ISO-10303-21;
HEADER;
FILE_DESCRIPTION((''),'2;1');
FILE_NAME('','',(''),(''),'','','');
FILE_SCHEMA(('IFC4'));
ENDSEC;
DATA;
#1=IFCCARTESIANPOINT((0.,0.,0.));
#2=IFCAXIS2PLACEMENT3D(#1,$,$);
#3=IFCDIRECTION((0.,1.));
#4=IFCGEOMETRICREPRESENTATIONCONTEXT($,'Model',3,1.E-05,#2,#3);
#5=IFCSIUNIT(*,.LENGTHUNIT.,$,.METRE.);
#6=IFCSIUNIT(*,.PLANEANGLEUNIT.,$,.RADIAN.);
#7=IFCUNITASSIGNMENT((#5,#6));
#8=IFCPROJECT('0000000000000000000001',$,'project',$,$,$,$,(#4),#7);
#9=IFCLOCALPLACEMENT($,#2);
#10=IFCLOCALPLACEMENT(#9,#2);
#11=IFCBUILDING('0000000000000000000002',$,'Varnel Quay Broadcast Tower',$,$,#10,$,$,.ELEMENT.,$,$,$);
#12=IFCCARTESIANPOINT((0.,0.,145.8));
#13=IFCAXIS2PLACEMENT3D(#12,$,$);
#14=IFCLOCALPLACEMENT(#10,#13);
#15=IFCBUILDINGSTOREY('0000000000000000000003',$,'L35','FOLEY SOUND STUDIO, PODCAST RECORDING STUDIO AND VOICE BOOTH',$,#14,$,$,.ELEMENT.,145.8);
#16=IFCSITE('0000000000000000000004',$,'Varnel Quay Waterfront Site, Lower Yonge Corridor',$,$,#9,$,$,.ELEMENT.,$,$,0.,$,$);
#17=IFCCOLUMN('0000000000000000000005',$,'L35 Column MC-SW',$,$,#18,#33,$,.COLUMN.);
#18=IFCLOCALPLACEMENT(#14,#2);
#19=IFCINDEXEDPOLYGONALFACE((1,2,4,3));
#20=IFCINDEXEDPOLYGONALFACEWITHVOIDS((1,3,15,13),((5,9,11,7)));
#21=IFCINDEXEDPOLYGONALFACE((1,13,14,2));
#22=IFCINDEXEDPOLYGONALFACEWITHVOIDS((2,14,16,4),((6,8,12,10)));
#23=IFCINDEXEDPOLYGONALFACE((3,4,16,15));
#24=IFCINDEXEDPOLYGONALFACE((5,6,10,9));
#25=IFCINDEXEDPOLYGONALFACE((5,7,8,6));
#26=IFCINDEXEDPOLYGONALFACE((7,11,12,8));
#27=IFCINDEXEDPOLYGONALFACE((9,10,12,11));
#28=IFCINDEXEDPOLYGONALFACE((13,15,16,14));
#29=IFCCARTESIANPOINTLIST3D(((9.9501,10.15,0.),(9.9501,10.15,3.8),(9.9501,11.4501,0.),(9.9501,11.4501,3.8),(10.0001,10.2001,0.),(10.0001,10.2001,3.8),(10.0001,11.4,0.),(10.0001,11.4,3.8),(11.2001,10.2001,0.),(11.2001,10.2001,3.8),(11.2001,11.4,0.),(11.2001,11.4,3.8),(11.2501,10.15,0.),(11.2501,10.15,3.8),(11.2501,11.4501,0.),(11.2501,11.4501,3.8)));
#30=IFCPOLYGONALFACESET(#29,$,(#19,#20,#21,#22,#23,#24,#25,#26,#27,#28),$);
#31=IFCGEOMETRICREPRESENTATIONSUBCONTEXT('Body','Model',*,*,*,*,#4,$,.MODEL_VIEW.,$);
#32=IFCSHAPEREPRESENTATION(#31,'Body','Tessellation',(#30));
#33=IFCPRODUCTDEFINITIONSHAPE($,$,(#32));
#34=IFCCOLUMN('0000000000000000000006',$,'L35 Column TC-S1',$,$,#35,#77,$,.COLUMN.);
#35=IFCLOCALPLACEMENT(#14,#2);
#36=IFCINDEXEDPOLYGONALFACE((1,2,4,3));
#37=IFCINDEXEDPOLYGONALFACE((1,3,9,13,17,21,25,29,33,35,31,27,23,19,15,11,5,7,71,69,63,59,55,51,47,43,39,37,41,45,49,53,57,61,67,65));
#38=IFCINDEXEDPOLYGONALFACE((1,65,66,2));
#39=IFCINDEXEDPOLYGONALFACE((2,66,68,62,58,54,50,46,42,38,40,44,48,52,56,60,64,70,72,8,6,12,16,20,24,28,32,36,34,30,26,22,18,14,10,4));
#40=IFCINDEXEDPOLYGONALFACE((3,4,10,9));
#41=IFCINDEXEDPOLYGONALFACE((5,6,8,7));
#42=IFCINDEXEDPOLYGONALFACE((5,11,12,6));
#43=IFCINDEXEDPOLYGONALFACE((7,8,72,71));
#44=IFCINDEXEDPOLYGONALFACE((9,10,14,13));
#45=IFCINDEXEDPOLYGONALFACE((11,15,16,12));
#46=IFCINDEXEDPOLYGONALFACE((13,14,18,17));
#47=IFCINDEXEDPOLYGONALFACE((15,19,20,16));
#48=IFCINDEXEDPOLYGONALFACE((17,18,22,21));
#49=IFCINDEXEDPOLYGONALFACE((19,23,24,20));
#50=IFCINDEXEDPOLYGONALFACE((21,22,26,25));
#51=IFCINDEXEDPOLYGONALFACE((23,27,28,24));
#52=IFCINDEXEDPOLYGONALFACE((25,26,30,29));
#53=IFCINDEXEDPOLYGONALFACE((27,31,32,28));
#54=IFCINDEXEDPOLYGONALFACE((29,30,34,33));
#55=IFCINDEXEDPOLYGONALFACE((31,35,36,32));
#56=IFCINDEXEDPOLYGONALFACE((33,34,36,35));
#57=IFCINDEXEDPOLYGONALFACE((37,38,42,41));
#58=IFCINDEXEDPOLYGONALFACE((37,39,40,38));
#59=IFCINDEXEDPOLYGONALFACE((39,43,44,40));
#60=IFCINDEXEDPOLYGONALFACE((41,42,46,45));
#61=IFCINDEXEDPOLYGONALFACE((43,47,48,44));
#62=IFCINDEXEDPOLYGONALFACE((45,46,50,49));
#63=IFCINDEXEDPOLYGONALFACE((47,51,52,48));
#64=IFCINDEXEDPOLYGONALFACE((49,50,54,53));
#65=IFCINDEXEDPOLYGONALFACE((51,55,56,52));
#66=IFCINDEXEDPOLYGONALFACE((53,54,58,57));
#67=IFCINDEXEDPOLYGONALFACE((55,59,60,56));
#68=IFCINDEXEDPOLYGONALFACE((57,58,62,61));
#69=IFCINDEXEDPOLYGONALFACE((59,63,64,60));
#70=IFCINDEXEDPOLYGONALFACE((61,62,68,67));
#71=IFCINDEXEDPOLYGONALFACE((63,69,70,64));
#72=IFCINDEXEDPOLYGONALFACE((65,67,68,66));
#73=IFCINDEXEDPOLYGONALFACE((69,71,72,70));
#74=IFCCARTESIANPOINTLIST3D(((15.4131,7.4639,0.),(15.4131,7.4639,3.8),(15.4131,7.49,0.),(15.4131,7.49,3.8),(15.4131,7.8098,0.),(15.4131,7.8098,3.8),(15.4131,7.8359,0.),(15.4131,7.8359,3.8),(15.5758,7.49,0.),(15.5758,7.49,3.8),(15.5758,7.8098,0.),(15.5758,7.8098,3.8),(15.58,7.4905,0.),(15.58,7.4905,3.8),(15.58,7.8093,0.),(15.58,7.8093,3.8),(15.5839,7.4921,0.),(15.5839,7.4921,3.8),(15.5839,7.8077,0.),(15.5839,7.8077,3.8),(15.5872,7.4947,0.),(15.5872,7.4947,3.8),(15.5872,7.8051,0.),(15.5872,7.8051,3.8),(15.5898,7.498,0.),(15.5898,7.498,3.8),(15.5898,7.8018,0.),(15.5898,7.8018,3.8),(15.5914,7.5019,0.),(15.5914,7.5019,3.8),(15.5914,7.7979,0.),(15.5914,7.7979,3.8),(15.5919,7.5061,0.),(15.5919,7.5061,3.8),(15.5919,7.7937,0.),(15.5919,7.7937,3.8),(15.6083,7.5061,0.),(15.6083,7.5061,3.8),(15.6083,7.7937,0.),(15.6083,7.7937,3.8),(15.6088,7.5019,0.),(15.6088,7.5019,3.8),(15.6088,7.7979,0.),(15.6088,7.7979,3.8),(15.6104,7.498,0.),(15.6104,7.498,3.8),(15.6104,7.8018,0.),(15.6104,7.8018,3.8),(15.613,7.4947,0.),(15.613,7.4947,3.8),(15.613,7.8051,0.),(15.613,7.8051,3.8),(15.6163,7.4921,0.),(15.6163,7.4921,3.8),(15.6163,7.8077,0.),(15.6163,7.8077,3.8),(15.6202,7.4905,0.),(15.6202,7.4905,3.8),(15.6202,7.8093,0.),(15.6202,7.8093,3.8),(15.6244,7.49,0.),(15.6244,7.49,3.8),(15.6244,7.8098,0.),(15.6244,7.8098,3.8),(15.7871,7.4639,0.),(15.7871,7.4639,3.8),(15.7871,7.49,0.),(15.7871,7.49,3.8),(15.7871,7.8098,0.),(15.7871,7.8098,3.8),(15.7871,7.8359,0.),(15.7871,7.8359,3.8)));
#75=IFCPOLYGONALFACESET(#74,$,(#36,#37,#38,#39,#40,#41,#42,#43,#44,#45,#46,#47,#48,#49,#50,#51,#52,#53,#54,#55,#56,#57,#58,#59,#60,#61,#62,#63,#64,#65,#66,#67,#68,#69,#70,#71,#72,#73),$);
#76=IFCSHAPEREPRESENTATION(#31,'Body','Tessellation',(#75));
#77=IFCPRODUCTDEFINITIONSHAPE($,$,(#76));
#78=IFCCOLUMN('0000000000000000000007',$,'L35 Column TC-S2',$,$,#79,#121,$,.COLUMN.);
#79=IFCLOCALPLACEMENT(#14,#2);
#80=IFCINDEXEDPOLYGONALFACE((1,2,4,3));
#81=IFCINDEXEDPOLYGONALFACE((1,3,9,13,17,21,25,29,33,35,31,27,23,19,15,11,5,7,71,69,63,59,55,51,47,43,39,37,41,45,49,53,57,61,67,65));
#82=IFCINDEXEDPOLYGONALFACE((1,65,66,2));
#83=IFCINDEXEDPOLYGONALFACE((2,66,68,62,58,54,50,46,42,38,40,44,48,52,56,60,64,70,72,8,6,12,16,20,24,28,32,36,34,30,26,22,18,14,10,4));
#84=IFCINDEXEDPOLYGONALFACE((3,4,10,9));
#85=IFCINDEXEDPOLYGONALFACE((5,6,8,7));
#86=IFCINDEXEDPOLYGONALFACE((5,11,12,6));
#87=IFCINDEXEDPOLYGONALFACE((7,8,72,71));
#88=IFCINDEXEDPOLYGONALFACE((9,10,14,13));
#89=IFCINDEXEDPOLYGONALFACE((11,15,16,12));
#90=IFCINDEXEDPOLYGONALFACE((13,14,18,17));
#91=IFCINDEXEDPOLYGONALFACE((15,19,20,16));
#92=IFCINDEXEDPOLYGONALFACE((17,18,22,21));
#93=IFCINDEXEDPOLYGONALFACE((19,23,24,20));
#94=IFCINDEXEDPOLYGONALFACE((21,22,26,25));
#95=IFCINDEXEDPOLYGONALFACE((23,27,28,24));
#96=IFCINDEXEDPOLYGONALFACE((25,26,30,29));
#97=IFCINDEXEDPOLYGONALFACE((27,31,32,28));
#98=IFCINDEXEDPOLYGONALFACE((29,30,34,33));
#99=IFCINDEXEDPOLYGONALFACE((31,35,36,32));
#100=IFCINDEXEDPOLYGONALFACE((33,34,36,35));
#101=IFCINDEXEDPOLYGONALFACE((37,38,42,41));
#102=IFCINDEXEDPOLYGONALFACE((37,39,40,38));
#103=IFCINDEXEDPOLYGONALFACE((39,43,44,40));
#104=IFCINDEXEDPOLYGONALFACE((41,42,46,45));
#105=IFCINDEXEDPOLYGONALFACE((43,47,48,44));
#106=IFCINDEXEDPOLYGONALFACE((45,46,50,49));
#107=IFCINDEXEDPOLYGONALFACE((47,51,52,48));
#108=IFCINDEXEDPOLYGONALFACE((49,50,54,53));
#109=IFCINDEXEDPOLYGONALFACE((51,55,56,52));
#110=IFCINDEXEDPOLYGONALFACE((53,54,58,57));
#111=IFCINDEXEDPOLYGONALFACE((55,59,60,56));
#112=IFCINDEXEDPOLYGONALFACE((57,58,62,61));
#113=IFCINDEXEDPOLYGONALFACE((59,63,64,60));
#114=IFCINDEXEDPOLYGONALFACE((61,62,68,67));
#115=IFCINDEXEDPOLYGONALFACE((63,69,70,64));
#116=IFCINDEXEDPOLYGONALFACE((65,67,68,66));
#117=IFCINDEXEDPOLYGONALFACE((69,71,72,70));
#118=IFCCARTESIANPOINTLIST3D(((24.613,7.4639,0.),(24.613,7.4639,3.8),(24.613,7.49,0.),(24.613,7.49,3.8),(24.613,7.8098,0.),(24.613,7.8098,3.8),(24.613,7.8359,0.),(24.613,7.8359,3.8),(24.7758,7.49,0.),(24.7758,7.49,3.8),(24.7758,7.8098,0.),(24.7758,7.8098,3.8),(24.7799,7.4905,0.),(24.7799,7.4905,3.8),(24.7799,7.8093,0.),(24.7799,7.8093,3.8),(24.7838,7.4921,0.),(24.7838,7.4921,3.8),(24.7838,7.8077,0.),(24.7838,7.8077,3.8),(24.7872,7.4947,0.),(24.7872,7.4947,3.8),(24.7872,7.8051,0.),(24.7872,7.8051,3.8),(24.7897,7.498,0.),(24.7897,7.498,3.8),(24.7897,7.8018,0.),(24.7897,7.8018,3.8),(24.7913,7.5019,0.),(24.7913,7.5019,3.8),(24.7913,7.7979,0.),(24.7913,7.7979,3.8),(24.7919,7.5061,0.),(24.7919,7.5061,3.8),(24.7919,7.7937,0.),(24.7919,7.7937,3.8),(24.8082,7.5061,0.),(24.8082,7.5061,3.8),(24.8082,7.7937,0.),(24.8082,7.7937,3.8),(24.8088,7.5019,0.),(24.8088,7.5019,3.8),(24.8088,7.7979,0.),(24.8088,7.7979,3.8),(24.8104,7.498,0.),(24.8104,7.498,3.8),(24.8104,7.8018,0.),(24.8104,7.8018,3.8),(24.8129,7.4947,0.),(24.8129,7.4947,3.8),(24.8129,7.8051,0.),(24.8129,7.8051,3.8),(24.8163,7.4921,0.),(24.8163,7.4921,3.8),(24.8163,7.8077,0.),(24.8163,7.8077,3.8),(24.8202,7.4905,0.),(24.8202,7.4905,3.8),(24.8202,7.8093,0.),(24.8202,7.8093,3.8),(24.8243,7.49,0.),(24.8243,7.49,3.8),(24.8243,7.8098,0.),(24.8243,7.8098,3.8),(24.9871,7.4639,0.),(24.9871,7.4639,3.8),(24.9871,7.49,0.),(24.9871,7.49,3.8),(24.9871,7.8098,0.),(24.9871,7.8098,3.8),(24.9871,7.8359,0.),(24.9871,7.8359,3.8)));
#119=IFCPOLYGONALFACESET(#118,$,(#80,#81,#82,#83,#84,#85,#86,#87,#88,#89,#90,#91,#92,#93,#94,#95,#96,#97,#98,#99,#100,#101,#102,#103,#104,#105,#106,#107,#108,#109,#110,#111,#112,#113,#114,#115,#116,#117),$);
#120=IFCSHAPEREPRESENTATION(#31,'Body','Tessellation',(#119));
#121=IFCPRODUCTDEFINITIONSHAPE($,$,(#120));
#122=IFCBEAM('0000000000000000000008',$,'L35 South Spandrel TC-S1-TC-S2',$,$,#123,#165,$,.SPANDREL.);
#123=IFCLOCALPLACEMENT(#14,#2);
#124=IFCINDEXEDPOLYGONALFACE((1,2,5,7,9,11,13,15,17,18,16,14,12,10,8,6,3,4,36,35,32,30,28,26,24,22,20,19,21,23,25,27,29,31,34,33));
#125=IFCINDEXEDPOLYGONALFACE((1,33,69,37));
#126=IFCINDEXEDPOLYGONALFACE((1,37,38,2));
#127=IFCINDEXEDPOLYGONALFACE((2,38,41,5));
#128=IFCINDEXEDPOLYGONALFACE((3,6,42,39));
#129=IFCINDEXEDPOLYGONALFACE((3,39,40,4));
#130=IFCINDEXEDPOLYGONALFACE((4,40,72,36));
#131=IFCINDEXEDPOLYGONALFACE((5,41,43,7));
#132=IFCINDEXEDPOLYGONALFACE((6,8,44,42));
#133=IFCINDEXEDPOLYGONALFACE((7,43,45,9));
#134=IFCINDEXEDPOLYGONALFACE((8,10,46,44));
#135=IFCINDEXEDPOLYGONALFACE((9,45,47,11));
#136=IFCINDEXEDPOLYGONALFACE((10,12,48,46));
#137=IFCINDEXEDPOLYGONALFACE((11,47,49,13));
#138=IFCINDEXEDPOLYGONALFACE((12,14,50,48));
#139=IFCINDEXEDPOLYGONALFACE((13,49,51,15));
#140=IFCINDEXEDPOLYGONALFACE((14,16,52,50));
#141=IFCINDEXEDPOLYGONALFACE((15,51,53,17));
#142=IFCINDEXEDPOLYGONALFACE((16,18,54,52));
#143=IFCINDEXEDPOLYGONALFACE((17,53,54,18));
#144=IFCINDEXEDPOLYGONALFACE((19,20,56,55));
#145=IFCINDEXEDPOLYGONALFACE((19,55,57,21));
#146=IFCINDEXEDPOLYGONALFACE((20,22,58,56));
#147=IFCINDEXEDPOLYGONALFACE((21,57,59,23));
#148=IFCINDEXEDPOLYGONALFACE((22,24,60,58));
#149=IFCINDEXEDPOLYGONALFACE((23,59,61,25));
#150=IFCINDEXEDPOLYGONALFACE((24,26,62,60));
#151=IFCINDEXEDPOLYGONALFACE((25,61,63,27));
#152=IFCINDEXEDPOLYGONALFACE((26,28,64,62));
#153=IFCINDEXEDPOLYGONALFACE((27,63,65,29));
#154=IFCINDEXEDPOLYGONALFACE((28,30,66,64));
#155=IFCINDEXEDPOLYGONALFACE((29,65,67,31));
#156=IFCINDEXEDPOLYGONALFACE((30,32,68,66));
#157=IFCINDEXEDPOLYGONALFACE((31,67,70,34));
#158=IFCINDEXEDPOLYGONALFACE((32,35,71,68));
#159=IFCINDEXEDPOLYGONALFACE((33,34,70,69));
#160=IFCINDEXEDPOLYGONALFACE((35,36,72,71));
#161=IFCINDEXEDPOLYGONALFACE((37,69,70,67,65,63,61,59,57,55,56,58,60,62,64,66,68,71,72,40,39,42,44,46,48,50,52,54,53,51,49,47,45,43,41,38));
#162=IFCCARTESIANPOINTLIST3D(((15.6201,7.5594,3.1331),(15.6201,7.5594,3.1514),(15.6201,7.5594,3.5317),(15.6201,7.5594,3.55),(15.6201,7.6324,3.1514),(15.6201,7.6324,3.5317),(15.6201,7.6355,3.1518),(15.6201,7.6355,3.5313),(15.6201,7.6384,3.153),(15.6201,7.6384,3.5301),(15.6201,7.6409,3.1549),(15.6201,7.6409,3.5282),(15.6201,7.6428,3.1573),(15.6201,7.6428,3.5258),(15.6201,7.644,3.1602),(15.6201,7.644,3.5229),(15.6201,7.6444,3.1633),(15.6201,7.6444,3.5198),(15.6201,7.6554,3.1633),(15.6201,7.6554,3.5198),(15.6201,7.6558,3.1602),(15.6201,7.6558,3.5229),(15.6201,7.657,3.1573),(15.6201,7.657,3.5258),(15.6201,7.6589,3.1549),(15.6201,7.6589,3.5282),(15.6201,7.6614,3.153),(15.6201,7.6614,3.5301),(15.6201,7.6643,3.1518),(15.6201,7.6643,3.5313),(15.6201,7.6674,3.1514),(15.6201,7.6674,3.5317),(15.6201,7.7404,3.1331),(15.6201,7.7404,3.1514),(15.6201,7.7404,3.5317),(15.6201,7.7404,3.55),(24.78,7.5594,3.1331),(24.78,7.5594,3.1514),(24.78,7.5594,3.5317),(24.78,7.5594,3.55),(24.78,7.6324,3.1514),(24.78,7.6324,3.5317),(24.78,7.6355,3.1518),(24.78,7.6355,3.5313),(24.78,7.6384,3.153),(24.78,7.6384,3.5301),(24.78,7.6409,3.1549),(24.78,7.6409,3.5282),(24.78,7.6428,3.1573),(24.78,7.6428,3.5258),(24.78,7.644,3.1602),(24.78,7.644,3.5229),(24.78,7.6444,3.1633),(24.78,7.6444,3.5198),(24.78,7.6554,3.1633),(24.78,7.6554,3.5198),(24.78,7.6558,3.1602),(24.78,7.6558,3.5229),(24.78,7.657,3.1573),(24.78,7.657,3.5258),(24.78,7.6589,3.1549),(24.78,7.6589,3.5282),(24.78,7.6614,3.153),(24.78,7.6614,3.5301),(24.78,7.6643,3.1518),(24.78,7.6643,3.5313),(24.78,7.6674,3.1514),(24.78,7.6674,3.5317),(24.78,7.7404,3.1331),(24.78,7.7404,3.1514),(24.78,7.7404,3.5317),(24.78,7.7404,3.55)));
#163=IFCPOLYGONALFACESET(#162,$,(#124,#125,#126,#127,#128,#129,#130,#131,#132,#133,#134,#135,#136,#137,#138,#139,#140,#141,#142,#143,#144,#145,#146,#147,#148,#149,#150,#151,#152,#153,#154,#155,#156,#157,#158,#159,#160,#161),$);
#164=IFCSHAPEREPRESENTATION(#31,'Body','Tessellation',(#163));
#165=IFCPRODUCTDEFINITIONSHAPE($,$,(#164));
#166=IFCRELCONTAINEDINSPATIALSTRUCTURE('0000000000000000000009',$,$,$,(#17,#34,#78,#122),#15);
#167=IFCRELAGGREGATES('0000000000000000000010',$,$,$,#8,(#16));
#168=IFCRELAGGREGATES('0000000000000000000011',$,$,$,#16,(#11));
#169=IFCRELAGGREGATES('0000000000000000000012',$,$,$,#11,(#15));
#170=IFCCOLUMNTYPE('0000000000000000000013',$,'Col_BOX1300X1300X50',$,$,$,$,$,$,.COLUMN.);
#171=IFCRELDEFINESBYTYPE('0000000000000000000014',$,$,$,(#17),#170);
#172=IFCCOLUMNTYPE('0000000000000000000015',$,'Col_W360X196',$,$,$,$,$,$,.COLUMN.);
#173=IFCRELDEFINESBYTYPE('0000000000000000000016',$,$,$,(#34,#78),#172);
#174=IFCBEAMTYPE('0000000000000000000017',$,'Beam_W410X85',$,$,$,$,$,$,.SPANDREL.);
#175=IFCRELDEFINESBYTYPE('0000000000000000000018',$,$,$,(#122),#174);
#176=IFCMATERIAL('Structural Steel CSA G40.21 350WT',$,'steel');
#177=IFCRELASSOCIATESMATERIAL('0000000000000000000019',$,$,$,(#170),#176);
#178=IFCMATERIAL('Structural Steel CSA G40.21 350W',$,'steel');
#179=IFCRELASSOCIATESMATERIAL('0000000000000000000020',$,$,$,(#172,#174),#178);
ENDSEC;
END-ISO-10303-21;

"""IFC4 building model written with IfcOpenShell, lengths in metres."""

from ifc_helpers import new_model, si_unit, direction, frame, origin, origin_2d, place, context, subcontext, project, spatial, hollow_rectangle, i_section, extrude, source, transform, mapped, material, material_profile, profile_set, type_object, type_shapes, element, save


model = new_model("IFC4")

# Units and contexts
model_context = context("Model", 3, precision=1e-05, world=origin(), true_north=direction((0.0, 1.0)))
body_context = subcontext(model_context, "Body", "Model", "MODEL_VIEW")
ifc_project = project(units=[si_unit("LENGTHUNIT", "METRE"), si_unit("PLANEANGLEUNIT", "RADIAN")], contexts=[model_context])

# Site, building, storey
site_placement = place(None, origin())
site = spatial("IfcSite", under=ifc_project, at=site_placement, Name="Varnel Quay Waterfront Site, Lower Yonge Corridor", CompositionType="ELEMENT", RefElevation=0.0)
building_placement = place(site_placement, origin())
building = spatial("IfcBuilding", under=site, at=building_placement, Name="Varnel Quay Broadcast Tower", CompositionType="ELEMENT")
storey_placement = place(building_placement, frame((0.0, 0.0, 145.8)))
storey = spatial("IfcBuildingStorey", under=building, at=storey_placement, Name="L35", Description="FOLEY SOUND STUDIO, PODCAST RECORDING STUDIO AND VOICE BOOTH", CompositionType="ELEMENT", Elevation=145.8)

# Columns
ifc_material_1 = material(Name="Structural Steel CSA G40.21 350WT", Category="steel")
ifc_material_profile_1 = material_profile(ifc_material_1, hollow_rectangle(XDim=1.3, YDim=1.3, WallThickness=0.05, at=origin_2d()), Name="BOX1300X1300X50")
ifc_profile_set_1 = profile_set([ifc_material_profile_1], Name="Structural Steel CSA G40.21 350WT")
column_type_1 = type_object("IfcColumnType", Name="Col_BOX1300X1300X50", PredefinedType="COLUMN", material=ifc_profile_set_1)
shared_shape_1 = source(origin(), body_context, "Body", "SweptSolid", [
    extrude(hollow_rectangle(XDim=1.3, YDim=1.3, WallThickness=0.05, at=origin_2d()), origin(), (0.0, 0.0, 1.0), 3.8),
])
type_shapes(column_type_1, [shared_shape_1])
column_placement = place(storey_placement, frame((10.6001, 10.8, 0.0), z_axis=(0.0, 0.0, 1.0), x_axis=(1.0, 0.0, 0.0)))
element("IfcColumn", 1, at=column_placement, inside=storey, type_object=column_type_1, Name="L35 Column MC-SW", PredefinedType="COLUMN", context=body_context, shape_type="MappedRepresentation", body=[
    mapped(shared_shape_1, transform((0.0, 0.0, 0.0), x_axis=(1.0, 0.0, 0.0), y_axis=(0.0, 1.0, 0.0), z_axis=(0.0, 0.0, 1.0), scale=1.0)),
])
ifc_material_2 = material(Name="Structural Steel CSA G40.21 350W", Category="steel")
ifc_material_profile_2 = material_profile(ifc_material_2, i_section(OverallWidth=0.374, OverallDepth=0.3721, WebThickness=0.0164, FlangeThickness=0.0261, FilletRadius=0.0161, at=origin_2d()), Name="W360X196")
ifc_profile_set_2 = profile_set([ifc_material_profile_2], Name="Structural Steel CSA G40.21 350W")
column_type_2 = type_object("IfcColumnType", Name="Col_W360X196", PredefinedType="COLUMN", material=ifc_profile_set_2)
shared_shape_2 = source(origin(), body_context, "Body", "SweptSolid", [
    extrude(i_section(OverallWidth=0.374, OverallDepth=0.3721, WebThickness=0.0164, FlangeThickness=0.0261, FilletRadius=0.0161, at=origin_2d()), origin(), (0.0, 0.0, 1.0), 3.8),
])
type_shapes(column_type_2, [shared_shape_2])
for number, where, z_axis, x_axis, name in (
    (2, (15.6001, 7.6499, 0.0), (0.0, 0.0, 1.0), (1.0, 0.0, 0.0), "L35 Column TC-S1"),
    (3, (24.8, 7.6499, 0.0), (0.0, 0.0, 1.0), (1.0, 0.0, 0.0), "L35 Column TC-S2"),
):
    element("IfcColumn", number, at=place(storey_placement, frame(where, z_axis=z_axis, x_axis=x_axis)), inside=storey, type_object=column_type_2, Name=name, PredefinedType="COLUMN", context=body_context, shape_type="MappedRepresentation", body=[
        mapped(shared_shape_2, transform((0.0, 0.0, 0.0), x_axis=(1.0, 0.0, 0.0), y_axis=(0.0, 1.0, 0.0), z_axis=(0.0, 0.0, 1.0), scale=1.0)),
    ])

# Beam
ifc_material_profile_3 = material_profile(ifc_material_2, i_section(OverallWidth=0.1809, OverallDepth=0.417, WebThickness=0.011, FlangeThickness=0.0183, FilletRadius=0.012, at=origin_2d()), Name="W410X85")
ifc_profile_set_3 = profile_set([ifc_material_profile_3], Name="Structural Steel CSA G40.21 350W")
beam_type_1 = type_object("IfcBeamType", Name="Beam_W410X85", PredefinedType="SPANDREL", material=ifc_profile_set_3)
shared_shape_3 = source(origin(), body_context, "Body", "SweptSolid", [
    extrude(i_section(OverallWidth=0.1809, OverallDepth=0.417, WebThickness=0.011, FlangeThickness=0.0183, FilletRadius=0.012, at=origin_2d()), origin(), (0.0, 0.0, 1.0), 9.1599),
])
for number, where, z_axis, x_axis, name in (
    (4, (15.6201, 7.6499, 3.3416), (1.0, 0.0, 0.0), (0.0, 1.0, 0.0), "L35 South Spandrel TC-S1-TC-S2"),
):
    element("IfcBeam", number, at=place(storey_placement, frame(where, z_axis=z_axis, x_axis=x_axis)), inside=storey, type_object=beam_type_1, Name=name, PredefinedType="SPANDREL", context=body_context, shape_type="MappedRepresentation", body=[
        mapped(shared_shape_3, transform((0.0, 0.0, 0.0), x_axis=(1.0, 0.0, 0.0), y_axis=(0.0, 1.0, 0.0), z_axis=(0.0, 0.0, 1.0), scale=1.0)),
    ])

save(model, "model.ifc")
